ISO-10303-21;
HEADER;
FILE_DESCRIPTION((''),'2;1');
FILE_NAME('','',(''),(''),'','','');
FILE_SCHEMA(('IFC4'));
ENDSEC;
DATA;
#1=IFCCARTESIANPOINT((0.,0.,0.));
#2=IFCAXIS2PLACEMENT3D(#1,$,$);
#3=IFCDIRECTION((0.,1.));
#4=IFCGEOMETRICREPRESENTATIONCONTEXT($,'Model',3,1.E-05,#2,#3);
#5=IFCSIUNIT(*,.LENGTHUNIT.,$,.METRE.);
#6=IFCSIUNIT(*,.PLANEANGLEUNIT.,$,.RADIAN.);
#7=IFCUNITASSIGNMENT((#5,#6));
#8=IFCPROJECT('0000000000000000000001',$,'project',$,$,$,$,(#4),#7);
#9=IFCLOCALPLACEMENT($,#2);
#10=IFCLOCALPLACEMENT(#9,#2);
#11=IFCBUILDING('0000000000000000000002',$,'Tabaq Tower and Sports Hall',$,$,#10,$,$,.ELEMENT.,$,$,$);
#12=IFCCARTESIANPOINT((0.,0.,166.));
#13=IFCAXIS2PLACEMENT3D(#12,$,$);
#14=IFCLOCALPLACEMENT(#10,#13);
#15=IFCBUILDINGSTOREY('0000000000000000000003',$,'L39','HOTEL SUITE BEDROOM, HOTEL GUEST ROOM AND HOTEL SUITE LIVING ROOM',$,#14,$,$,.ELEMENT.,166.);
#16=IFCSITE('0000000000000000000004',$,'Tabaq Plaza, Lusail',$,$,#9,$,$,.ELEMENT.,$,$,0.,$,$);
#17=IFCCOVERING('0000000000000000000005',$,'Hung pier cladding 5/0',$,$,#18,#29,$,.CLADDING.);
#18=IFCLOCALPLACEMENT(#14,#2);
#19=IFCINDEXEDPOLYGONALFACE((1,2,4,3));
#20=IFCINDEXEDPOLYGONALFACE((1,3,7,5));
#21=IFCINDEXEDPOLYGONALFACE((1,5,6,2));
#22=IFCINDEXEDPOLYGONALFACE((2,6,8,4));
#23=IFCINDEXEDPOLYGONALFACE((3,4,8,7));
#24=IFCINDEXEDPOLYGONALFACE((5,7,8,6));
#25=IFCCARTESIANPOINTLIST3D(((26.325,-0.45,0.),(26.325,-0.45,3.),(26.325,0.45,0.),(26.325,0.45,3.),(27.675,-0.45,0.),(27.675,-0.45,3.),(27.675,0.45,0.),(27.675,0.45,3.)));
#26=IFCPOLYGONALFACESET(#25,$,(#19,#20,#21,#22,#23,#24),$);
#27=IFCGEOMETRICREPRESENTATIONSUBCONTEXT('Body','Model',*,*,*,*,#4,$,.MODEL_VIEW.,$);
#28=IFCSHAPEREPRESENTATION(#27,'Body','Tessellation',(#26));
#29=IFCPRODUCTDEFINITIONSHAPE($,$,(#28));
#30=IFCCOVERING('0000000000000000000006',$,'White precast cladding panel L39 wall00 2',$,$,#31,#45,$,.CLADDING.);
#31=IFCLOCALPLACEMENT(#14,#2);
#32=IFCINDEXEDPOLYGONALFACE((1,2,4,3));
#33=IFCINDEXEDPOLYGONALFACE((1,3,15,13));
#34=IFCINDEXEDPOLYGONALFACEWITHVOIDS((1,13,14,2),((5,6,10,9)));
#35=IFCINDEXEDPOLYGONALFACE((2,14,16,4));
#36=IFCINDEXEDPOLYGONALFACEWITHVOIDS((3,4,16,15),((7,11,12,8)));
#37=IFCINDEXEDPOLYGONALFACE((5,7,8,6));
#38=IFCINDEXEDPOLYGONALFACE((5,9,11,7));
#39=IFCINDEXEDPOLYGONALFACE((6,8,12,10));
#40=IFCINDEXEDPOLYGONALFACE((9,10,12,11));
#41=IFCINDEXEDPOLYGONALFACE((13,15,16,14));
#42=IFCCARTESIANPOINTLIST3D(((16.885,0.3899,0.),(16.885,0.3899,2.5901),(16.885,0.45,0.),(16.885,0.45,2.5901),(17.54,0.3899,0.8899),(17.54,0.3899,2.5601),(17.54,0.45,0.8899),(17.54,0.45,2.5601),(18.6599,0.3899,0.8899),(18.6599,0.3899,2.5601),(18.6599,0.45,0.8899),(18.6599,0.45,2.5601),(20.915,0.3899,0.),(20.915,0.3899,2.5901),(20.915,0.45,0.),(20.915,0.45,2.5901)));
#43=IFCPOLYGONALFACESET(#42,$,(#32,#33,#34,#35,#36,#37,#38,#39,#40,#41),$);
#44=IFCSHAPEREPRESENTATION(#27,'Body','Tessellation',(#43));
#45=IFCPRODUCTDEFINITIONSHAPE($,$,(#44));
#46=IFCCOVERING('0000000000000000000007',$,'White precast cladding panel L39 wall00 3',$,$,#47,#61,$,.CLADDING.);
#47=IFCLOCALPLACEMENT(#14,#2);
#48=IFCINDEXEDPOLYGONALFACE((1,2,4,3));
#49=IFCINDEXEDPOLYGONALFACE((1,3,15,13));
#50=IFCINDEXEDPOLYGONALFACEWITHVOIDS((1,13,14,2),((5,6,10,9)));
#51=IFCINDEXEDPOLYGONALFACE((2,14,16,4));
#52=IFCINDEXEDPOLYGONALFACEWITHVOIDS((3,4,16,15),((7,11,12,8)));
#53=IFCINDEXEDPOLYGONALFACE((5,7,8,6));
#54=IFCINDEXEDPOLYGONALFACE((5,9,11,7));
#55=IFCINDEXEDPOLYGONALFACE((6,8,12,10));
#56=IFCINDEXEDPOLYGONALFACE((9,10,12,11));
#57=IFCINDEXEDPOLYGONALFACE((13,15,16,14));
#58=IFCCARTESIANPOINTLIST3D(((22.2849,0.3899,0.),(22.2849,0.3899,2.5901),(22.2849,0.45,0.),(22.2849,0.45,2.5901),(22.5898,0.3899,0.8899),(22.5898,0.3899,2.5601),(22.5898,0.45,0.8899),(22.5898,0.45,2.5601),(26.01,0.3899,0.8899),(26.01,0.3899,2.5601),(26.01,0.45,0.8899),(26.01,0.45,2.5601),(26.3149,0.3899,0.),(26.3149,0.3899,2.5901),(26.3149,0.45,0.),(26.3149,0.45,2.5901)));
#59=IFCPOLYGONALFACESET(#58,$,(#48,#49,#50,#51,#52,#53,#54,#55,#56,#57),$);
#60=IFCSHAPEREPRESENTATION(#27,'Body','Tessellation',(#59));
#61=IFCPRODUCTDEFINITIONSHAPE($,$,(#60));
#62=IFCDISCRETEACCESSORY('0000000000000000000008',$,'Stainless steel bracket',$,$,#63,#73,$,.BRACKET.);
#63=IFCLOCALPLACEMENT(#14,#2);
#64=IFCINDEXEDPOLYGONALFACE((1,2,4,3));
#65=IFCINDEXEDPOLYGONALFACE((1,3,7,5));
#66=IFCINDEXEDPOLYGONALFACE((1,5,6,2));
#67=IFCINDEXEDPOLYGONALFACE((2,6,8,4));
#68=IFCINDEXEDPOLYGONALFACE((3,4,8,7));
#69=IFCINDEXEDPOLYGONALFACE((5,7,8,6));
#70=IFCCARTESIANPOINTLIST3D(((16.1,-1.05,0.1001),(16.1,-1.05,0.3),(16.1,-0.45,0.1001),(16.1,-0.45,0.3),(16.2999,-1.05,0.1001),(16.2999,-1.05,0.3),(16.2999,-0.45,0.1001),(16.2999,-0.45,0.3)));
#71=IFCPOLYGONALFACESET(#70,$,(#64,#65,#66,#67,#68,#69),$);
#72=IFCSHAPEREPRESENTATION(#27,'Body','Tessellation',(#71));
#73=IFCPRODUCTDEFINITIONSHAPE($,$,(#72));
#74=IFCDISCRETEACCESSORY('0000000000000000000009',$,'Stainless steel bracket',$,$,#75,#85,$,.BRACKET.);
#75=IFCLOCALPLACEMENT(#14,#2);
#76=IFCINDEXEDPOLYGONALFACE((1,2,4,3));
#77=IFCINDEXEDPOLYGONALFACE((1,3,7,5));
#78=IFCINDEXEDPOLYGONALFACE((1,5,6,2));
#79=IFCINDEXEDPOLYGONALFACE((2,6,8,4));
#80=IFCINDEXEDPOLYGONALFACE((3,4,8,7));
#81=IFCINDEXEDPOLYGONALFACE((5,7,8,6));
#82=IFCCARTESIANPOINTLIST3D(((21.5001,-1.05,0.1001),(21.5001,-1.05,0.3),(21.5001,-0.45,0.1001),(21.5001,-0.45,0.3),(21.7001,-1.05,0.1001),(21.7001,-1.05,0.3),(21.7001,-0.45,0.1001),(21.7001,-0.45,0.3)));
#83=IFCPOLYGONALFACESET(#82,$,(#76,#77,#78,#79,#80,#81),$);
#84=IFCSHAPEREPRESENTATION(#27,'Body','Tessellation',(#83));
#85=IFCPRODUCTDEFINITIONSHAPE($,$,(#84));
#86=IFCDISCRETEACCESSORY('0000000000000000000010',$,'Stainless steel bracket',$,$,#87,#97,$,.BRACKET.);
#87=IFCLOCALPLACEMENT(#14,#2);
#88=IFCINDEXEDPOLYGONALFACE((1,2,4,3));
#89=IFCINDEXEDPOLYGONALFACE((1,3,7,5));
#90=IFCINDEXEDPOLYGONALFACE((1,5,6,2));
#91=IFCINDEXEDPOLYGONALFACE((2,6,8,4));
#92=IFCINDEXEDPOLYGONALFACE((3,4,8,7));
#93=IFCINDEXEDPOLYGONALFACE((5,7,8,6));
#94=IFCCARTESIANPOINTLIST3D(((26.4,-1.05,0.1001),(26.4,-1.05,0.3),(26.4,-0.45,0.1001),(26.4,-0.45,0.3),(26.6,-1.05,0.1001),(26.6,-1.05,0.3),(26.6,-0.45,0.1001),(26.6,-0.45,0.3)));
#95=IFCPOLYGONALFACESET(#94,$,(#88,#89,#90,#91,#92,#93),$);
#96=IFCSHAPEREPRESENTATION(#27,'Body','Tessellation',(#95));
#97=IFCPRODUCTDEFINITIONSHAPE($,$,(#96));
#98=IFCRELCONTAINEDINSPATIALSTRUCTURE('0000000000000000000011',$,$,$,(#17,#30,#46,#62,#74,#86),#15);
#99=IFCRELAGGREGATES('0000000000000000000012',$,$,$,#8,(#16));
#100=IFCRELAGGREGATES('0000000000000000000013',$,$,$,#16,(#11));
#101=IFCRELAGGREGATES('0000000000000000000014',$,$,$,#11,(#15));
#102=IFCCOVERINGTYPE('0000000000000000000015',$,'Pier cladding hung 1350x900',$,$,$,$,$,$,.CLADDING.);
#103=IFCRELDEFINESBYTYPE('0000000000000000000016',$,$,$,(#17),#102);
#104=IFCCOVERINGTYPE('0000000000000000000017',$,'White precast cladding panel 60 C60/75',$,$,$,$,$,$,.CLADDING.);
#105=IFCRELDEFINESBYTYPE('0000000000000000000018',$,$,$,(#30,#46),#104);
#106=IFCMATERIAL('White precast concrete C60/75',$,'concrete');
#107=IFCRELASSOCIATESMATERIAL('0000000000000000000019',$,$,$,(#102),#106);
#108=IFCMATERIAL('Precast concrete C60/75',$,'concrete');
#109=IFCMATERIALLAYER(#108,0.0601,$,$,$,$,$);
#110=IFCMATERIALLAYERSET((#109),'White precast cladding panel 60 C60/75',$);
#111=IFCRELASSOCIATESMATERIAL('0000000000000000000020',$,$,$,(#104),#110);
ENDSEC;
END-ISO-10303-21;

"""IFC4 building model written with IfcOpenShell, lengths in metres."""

from ifc_helpers import new_model, si_unit, direction, frame, frame_2d, origin, origin_2d, place, context, subcontext, project, spatial, polyline, rectangle, outline, extrude, material, layer, layer_set, type_object, element, save


model = new_model("IFC4")

# Units and contexts
model_context = context("Model", 3, precision=1e-05, world=origin(), true_north=direction((0.0, 1.0)))
body_context = subcontext(model_context, "Body", "Model", "MODEL_VIEW")
ifc_project = project(units=[si_unit("LENGTHUNIT", "METRE"), si_unit("PLANEANGLEUNIT", "RADIAN")], contexts=[model_context])

# Site, building, storey
site_placement = place(None, origin())
site = spatial("IfcSite", under=ifc_project, at=site_placement, Name="Tabaq Plaza, Lusail", CompositionType="ELEMENT", RefElevation=0.0)
building_placement = place(site_placement, origin())
building = spatial("IfcBuilding", under=site, at=building_placement, Name="Tabaq Tower and Sports Hall", CompositionType="ELEMENT")
storey_placement = place(building_placement, frame((0.0, 0.0, 166.0)))
storey = spatial("IfcBuildingStorey", under=building, at=storey_placement, Name="L39", Description="HOTEL SUITE BEDROOM, HOTEL GUEST ROOM AND HOTEL SUITE LIVING ROOM", CompositionType="ELEMENT", Elevation=166.0)

# Coverings
ifc_material_1 = material(Name="White precast concrete C60/75", Category="concrete")
covering_type_1 = type_object("IfcCoveringType", Name="Pier cladding hung 1350x900", PredefinedType="CLADDING", material=ifc_material_1)
covering_1_placement = place(storey_placement, frame((26.325, 0.0, 0.0), z_axis=(0.0, 0.0, 1.0), x_axis=(1.0, 0.0, 0.0)))
element("IfcCovering", 1, at=covering_1_placement, inside=storey, type_object=covering_type_1, Name="Hung pier cladding 5/0", PredefinedType="CLADDING", context=body_context, shape_type="SweptSolid", body=[
    extrude(rectangle(XDim=1.3501, YDim=0.8999, at=frame_2d((0.675, 0.0))), origin(), (0.0, 0.0, 1.0), 3.0),
])
ifc_material_2 = material(Name="Precast concrete C60/75", Category="concrete")
ifc_layer_1 = layer(ifc_material_2, 0.0601)
ifc_layer_set_1 = layer_set([ifc_layer_1], Name="White precast cladding panel 60 C60/75")
covering_type_2 = type_object("IfcCoveringType", Name="White precast cladding panel 60 C60/75", PredefinedType="CLADDING", material=ifc_layer_set_1)
covering_2_placement = place(storey_placement, frame((16.885, 0.4199, 0.0), z_axis=(0.0, 0.0, 1.0), x_axis=(1.0, 0.0, 0.0)))
element("IfcCovering", 2, at=covering_2_placement, inside=storey, type_object=covering_type_2, Name="White precast cladding panel L39 wall00 2", PredefinedType="CLADDING", context=body_context, shape_type="SweptSolid", body=[
    extrude(outline(polyline([(0.0, 0.0), (4.03, 0.0), (4.03, 2.5901), (0.0, 2.5901), (0.0, 0.0)]), holes=[polyline([(1.7749, 0.8899), (0.655, 0.8899), (0.655, 2.5601), (1.7749, 2.5601), (1.7749, 0.8899)])]), frame((0.0, 0.03, 0.0), z_axis=(0.0, -1.0, 0.0), x_axis=(1.0, 0.0, 0.0)), (0.0, 0.0, 1.0), 0.0601),
])
covering_3_placement = place(storey_placement, frame((22.2849, 0.4199, 0.0), z_axis=(0.0, 0.0, 1.0), x_axis=(1.0, 0.0, 0.0)))
element("IfcCovering", 3, at=covering_3_placement, inside=storey, type_object=covering_type_2, Name="White precast cladding panel L39 wall00 3", PredefinedType="CLADDING", context=body_context, shape_type="SweptSolid", body=[
    extrude(outline(polyline([(0.0, 0.0), (4.03, 0.0), (4.03, 2.5901), (0.0, 2.5901), (0.0, 0.0)]), holes=[polyline([(3.7251, 0.8899), (0.3049, 0.8899), (0.3049, 2.5601), (3.7251, 2.5601), (3.7251, 0.8899)])]), frame((0.0, 0.03, 0.0), z_axis=(0.0, -1.0, 0.0), x_axis=(1.0, 0.0, 0.0)), (0.0, 0.0, 1.0), 0.0601),
])

# Discrete accessories
for number, where, z_axis, x_axis, name in (
    (4, (16.2, -0.75, 0.1001), (0.0, 0.0, 1.0), (0.0, -1.0, 0.0), "Stainless steel bracket"),
    (5, (21.6001, -0.75, 0.1001), (0.0, 0.0, 1.0), (0.0, -1.0, 0.0), "Stainless steel bracket"),
    (6, (26.5, -0.75, 0.1001), (0.0, 0.0, 1.0), (0.0, -1.0, 0.0), "Stainless steel bracket"),
):
    element("IfcDiscreteAccessory", number, at=place(storey_placement, frame(where, z_axis=z_axis, x_axis=x_axis)), inside=storey, Name=name, PredefinedType="BRACKET", context=body_context, shape_type="SweptSolid", body=[
        extrude(rectangle(XDim=0.6001, YDim=0.2, at=origin_2d()), origin(), (0.0, 0.0, 1.0), 0.2),
    ])

save(model, "model.ifc")
